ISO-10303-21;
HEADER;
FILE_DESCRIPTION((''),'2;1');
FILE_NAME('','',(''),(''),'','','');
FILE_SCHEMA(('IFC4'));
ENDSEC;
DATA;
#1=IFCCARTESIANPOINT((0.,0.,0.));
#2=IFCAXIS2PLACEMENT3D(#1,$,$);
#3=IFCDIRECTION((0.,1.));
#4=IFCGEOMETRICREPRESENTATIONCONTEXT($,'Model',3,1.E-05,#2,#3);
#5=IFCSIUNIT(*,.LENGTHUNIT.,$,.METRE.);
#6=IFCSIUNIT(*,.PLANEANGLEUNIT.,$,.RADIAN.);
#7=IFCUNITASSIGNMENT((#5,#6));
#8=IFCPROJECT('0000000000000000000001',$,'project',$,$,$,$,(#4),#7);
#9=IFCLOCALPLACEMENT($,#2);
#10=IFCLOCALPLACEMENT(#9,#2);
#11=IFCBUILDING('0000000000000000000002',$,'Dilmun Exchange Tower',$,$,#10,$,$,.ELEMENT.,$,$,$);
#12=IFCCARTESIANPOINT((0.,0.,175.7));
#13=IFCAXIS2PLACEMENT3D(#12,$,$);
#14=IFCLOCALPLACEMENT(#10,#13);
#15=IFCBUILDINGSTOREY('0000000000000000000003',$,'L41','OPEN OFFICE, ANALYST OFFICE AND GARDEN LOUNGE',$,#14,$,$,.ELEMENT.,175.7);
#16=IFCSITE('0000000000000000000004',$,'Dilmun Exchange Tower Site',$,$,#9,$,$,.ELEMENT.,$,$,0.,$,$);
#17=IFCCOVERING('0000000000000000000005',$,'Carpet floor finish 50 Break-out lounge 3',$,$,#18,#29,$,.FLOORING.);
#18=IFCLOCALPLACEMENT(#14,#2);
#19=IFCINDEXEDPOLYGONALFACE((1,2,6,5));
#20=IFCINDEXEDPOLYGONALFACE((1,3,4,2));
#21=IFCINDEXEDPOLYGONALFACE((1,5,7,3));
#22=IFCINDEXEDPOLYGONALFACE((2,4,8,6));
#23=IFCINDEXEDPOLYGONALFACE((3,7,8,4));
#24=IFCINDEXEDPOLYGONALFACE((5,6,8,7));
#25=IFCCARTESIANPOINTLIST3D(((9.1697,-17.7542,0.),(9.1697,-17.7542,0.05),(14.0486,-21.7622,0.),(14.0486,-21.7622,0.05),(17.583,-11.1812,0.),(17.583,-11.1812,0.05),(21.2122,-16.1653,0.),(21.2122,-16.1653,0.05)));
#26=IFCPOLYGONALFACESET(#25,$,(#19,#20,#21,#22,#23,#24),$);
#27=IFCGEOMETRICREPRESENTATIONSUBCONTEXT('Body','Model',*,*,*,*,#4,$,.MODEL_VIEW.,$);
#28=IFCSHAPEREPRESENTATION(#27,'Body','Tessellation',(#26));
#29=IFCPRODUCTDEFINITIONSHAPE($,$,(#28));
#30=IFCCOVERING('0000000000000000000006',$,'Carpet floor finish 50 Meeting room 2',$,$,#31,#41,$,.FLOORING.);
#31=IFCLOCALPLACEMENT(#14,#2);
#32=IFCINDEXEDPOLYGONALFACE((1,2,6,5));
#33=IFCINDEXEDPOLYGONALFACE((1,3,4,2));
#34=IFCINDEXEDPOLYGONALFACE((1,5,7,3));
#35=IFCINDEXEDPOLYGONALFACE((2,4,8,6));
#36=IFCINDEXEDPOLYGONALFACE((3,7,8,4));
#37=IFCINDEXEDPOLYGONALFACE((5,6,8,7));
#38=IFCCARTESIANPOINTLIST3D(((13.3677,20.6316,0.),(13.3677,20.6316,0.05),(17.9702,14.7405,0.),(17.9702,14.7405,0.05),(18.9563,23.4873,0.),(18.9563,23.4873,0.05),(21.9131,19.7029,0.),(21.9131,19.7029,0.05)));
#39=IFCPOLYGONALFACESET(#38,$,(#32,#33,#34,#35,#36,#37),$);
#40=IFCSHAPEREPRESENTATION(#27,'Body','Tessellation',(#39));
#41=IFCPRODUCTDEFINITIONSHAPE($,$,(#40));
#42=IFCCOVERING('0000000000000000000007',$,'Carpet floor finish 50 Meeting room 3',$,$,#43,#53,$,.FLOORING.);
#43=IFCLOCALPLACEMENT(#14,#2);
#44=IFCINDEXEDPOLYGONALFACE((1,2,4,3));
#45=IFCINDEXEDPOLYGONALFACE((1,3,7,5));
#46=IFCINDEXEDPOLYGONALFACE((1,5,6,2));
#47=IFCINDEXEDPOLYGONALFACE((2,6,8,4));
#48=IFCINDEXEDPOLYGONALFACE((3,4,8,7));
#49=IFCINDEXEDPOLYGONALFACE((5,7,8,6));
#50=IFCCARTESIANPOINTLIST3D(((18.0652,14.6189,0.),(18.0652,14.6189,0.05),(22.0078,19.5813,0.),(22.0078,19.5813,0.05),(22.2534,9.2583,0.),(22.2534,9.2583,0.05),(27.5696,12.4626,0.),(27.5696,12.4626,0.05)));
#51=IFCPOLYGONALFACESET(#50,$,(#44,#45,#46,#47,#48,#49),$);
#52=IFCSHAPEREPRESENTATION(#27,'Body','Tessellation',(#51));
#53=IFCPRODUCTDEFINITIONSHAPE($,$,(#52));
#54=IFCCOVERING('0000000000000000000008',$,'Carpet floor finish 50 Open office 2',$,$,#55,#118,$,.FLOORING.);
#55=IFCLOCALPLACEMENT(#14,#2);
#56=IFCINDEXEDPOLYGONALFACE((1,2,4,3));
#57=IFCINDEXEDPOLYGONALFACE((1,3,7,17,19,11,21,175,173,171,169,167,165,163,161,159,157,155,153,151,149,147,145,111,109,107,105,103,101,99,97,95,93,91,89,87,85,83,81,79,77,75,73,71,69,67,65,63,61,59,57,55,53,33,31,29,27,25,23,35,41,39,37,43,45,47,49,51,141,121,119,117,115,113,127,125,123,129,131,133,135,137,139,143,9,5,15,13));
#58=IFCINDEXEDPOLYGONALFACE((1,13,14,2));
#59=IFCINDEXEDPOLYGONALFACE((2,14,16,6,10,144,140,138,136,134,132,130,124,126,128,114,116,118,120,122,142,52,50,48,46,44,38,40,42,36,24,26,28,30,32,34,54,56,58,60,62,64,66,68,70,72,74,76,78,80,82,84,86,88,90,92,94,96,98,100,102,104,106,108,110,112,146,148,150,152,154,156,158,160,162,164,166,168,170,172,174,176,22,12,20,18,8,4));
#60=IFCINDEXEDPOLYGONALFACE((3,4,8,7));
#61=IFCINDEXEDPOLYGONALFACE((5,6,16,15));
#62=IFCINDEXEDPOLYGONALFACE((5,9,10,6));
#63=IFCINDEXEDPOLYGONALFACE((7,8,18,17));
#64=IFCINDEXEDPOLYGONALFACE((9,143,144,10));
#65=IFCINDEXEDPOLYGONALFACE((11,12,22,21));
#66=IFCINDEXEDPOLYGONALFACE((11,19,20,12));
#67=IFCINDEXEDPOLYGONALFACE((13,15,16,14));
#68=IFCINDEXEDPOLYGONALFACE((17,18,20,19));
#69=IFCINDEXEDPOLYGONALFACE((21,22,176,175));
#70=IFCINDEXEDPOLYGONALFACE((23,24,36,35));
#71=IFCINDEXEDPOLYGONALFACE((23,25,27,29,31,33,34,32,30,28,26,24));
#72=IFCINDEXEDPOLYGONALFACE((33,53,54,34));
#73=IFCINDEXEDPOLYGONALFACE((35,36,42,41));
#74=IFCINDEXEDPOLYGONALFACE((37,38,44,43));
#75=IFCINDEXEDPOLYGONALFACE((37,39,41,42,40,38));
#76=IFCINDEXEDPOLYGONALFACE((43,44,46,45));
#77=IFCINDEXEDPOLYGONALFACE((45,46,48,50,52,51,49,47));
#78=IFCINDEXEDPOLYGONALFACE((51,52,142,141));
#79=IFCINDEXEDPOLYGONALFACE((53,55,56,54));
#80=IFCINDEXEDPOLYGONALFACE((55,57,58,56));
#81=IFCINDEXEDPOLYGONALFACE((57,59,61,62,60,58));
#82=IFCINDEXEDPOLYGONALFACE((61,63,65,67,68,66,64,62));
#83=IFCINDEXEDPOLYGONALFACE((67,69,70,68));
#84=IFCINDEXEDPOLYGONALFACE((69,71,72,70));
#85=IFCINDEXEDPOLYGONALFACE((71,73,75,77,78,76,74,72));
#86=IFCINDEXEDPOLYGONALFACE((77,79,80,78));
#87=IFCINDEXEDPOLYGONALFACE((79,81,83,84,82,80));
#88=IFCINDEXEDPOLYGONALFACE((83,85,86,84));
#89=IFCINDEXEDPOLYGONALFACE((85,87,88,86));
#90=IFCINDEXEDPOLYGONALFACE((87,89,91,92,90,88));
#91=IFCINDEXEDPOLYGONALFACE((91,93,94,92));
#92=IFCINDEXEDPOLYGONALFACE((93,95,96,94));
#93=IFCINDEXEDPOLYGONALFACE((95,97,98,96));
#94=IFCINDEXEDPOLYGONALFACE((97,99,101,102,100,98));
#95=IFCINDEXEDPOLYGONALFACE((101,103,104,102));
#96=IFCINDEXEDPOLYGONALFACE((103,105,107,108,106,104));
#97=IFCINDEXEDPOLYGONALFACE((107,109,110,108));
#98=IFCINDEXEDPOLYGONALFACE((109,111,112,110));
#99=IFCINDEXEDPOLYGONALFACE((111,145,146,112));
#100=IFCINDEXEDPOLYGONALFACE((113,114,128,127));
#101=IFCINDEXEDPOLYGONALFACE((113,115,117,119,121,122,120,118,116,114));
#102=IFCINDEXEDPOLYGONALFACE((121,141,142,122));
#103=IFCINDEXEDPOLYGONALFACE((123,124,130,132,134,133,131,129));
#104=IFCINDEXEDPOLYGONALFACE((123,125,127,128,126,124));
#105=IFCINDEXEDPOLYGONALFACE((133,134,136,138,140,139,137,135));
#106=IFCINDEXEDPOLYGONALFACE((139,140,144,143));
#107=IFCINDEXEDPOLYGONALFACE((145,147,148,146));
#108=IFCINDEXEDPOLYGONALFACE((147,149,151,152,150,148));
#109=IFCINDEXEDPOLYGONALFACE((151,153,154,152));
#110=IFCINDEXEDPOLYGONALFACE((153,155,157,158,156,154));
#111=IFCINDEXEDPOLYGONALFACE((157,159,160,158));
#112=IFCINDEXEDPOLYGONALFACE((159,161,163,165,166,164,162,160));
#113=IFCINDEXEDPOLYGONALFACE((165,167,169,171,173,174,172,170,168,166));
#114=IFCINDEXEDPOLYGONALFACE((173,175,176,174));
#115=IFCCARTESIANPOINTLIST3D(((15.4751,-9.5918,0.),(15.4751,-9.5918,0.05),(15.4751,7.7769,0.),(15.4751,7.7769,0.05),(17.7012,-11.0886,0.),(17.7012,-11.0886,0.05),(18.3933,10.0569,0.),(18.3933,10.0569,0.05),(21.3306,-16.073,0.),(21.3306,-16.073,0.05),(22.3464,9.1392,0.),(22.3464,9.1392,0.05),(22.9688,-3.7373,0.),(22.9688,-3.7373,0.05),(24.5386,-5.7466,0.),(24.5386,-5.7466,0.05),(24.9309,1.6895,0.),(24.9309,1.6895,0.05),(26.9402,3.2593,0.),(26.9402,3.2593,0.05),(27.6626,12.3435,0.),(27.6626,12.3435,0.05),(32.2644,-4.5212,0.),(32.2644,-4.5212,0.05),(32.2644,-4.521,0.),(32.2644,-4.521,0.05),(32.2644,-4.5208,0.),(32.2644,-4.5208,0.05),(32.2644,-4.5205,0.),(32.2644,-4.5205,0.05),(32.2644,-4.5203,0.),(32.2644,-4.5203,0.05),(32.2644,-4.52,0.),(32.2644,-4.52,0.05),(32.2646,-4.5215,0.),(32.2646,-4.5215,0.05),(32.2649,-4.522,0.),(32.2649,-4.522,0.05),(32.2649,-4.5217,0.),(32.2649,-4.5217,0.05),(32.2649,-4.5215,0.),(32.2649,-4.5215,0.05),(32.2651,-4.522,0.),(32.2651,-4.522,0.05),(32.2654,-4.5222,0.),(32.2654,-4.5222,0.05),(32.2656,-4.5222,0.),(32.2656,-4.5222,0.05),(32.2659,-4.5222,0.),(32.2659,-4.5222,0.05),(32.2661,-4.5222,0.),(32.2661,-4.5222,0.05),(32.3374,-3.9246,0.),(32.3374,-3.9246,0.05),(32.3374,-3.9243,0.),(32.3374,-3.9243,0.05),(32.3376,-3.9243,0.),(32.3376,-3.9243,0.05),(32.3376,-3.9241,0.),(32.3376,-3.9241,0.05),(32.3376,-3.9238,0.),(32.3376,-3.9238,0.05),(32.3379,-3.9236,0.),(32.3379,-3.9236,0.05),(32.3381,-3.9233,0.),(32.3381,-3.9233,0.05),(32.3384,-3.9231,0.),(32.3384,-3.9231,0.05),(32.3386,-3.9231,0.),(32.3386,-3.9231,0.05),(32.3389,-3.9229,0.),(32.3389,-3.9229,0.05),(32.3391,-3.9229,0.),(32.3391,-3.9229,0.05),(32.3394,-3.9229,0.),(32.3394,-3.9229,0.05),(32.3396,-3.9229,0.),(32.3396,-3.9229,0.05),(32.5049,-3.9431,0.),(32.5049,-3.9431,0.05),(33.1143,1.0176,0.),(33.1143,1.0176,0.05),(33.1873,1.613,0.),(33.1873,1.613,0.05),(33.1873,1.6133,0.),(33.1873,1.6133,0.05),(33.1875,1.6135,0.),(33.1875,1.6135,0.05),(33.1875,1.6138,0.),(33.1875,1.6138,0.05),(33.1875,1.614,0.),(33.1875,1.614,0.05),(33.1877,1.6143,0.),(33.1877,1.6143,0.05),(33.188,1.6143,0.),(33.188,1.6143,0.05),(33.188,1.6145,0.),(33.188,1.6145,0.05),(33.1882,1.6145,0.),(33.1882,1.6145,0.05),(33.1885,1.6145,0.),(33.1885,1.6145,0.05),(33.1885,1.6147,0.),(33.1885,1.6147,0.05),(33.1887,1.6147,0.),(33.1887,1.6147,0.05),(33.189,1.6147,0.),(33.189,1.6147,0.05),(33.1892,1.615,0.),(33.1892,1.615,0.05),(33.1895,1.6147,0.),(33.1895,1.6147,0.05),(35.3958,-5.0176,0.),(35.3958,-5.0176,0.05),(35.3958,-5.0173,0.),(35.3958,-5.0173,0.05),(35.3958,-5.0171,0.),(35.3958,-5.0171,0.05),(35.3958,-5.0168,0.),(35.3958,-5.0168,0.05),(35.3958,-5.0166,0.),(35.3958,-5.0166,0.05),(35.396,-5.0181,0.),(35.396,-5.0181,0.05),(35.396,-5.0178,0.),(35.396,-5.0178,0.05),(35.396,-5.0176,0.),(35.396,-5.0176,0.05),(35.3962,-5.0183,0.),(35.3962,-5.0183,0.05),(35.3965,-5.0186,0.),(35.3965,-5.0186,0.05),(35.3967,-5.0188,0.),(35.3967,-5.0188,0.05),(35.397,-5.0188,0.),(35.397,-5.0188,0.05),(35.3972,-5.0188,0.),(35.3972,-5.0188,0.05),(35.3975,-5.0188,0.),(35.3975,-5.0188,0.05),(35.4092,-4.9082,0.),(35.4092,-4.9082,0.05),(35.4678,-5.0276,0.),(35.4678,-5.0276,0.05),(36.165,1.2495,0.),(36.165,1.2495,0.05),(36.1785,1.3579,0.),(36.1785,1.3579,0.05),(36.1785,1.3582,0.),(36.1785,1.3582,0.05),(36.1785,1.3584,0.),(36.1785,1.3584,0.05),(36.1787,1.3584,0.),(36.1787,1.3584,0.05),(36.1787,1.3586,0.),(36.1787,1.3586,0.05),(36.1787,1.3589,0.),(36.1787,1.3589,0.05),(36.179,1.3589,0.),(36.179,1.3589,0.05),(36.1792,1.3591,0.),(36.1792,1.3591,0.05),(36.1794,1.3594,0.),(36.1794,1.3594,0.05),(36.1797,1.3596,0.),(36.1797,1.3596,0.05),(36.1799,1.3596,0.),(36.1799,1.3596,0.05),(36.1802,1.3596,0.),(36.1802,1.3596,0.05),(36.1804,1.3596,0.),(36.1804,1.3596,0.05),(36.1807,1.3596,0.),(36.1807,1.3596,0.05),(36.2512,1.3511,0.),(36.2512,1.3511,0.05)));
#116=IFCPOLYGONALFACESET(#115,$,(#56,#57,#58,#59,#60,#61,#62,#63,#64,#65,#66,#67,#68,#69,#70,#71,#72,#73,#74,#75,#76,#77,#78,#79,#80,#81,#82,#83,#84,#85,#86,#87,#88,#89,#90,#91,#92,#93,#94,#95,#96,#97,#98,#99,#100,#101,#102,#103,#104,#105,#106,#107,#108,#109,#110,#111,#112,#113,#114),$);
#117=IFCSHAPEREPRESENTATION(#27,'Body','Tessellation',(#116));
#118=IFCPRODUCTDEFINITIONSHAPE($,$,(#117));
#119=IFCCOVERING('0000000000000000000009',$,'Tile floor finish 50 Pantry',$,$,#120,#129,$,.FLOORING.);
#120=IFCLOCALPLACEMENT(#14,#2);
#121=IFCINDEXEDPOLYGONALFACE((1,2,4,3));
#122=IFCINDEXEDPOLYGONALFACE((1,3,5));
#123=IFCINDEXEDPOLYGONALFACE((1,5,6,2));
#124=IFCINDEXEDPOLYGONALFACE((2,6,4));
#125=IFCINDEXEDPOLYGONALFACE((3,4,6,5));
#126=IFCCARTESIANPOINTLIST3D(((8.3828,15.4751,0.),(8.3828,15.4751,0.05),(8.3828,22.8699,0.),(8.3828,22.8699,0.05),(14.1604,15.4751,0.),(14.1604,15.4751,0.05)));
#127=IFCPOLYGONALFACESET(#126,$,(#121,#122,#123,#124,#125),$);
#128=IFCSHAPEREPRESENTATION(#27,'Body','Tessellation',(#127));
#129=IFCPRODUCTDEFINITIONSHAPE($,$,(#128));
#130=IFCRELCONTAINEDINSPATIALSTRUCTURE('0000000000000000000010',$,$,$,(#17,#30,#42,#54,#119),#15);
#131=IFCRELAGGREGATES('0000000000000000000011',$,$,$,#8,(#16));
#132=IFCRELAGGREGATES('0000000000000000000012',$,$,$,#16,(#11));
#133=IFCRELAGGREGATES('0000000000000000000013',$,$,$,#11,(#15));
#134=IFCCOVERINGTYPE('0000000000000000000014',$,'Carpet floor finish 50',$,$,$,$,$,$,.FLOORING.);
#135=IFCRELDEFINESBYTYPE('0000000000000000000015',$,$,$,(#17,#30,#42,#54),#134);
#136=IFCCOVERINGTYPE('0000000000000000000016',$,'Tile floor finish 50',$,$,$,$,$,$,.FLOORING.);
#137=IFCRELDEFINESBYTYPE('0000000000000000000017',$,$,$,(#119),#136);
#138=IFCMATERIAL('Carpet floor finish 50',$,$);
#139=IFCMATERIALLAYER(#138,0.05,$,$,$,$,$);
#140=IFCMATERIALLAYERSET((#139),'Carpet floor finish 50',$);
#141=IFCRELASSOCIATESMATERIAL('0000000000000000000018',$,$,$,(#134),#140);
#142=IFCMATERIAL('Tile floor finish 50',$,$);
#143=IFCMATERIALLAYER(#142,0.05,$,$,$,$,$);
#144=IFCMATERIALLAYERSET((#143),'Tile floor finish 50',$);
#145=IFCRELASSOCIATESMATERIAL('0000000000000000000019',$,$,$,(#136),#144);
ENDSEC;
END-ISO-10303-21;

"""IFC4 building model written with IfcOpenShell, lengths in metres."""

from ifc_helpers import new_model, si_unit, direction, frame, origin, place, context, subcontext, project, spatial, polyline, outline, extrude, material, layer, layer_set, type_object, element, save


model = new_model("IFC4")

# Units and contexts
model_context = context("Model", 3, precision=1e-05, world=origin(), true_north=direction((0.0, 1.0)))
body_context = subcontext(model_context, "Body", "Model", "MODEL_VIEW")
ifc_project = project(units=[si_unit("LENGTHUNIT", "METRE"), si_unit("PLANEANGLEUNIT", "RADIAN")], contexts=[model_context])

# Site, building, storey
site_placement = place(None, origin())
site = spatial("IfcSite", under=ifc_project, at=site_placement, Name="Dilmun Exchange Tower Site", CompositionType="ELEMENT", RefElevation=0.0)
building_placement = place(site_placement, origin())
building = spatial("IfcBuilding", under=site, at=building_placement, Name="Dilmun Exchange Tower", CompositionType="ELEMENT")
storey_placement = place(building_placement, frame((0.0, 0.0, 175.7)))
storey = spatial("IfcBuildingStorey", under=building, at=storey_placement, Name="L41", Description="OPEN OFFICE, ANALYST OFFICE AND GARDEN LOUNGE", CompositionType="ELEMENT", Elevation=175.7)

# Coverings
ifc_material_1 = material(Name="Carpet floor finish 50")
ifc_layer_1 = layer(ifc_material_1, 0.05)
ifc_layer_set_1 = layer_set([ifc_layer_1], Name="Carpet floor finish 50")
covering_type_1 = type_object("IfcCoveringType", Name="Carpet floor finish 50", PredefinedType="FLOORING", material=ifc_layer_set_1)
covering_1_placement = place(storey_placement, origin())
element("IfcCovering", 1, at=covering_1_placement, inside=storey, type_object=covering_type_1, Name="Carpet floor finish 50 Break-out lounge 3", PredefinedType="FLOORING", context=body_context, shape_type="SweptSolid", body=[
    extrude(outline(polyline([(17.583, -11.1812), (21.2122, -16.1653), (14.0486, -21.7622), (9.1697, -17.7542), (17.583, -11.1812)])), origin(), (0.0, 0.0, 1.0), 0.05),
])
covering_2_placement = place(storey_placement, origin())
element("IfcCovering", 2, at=covering_2_placement, inside=storey, type_object=covering_type_1, Name="Carpet floor finish 50 Meeting room 2", PredefinedType="FLOORING", context=body_context, shape_type="SweptSolid", body=[
    extrude(outline(polyline([(13.3677, 20.6316), (18.9563, 23.4873), (21.9131, 19.7029), (17.9702, 14.7405), (13.3677, 20.6316)])), origin(), (0.0, 0.0, 1.0), 0.05),
])
covering_3_placement = place(storey_placement, origin())
element("IfcCovering", 3, at=covering_3_placement, inside=storey, type_object=covering_type_1, Name="Carpet floor finish 50 Meeting room 3", PredefinedType="FLOORING", context=body_context, shape_type="SweptSolid", body=[
    extrude(outline(polyline([(18.0652, 14.6189), (22.0078, 19.5813), (27.5696, 12.4626), (22.2534, 9.2583), (18.0652, 14.6189)])), origin(), (0.0, 0.0, 1.0), 0.05),
])
covering_4_placement = place(storey_placement, origin())
element("IfcCovering", 4, at=covering_4_placement, inside=storey, type_object=covering_type_1, Name="Carpet floor finish 50 Open office 2", PredefinedType="FLOORING", context=body_context, shape_type="SweptSolid", body=[
    extrude(outline(polyline([(17.7012, -11.0886), (24.5386, -5.7466), (22.9688, -3.7373), (15.4751, -9.5918), (15.4751, 7.7769), (18.3933, 10.0569), (24.9309, 1.6895), (26.9402, 3.2593), (22.3464, 9.1392), (27.6626, 12.3435), (36.2512, 1.3511), (36.1807, 1.3596), (36.1804, 1.3596), (36.1804, 1.3596), (36.1802, 1.3596), (36.1799, 1.3596), (36.1797, 1.3596), (36.1794, 1.3594), (36.1794, 1.3594), (36.1792, 1.3591), (36.1792, 1.3591), (36.179, 1.3589), (36.1787, 1.3589), (36.1787, 1.3586), (36.1787, 1.3584), (36.1785, 1.3584), (36.1785, 1.3582), (36.1785, 1.3579), (36.165, 1.2495), (33.1895, 1.6147), (33.1892, 1.615), (33.1892, 1.615), (33.189, 1.6147), (33.1887, 1.6147), (33.1885, 1.6147), (33.1885, 1.6145), (33.1882, 1.6145), (33.188, 1.6145), (33.188, 1.6143), (33.1877, 1.6143), (33.1875, 1.614), (33.1875, 1.6138), (33.1875, 1.6138), (33.1875, 1.6135), (33.1873, 1.6133), (33.1873, 1.613), (33.1143, 1.0176), (33.1143, 1.0176), (32.5049, -3.9431), (32.3396, -3.9229), (32.3396, -3.9229), (32.3394, -3.9229), (32.3391, -3.9229), (32.3389, -3.9229), (32.3386, -3.9231), (32.3386, -3.9231), (32.3384, -3.9231), (32.3381, -3.9233), (32.3381, -3.9233), (32.3379, -3.9236), (32.3379, -3.9236), (32.3376, -3.9238), (32.3376, -3.9241), (32.3376, -3.9243), (32.3374, -3.9243), (32.3374, -3.9246), (32.2644, -4.52), (32.2644, -4.5203), (32.2644, -4.5205), (32.2644, -4.5208), (32.2644, -4.521), (32.2644, -4.521), (32.2644, -4.5212), (32.2646, -4.5215), (32.2649, -4.5215), (32.2649, -4.5217), (32.2649, -4.522), (32.2651, -4.522), (32.2654, -4.5222), (32.2654, -4.5222), (32.2656, -4.5222), (32.2659, -4.5222), (32.2661, -4.5222), (35.4092, -4.9082), (35.3958, -5.0166), (35.3958, -5.0168), (35.3958, -5.0171), (35.3958, -5.0173), (35.3958, -5.0176), (35.396, -5.0176), (35.396, -5.0178), (35.396, -5.0181), (35.3962, -5.0183), (35.3962, -5.0183), (35.3965, -5.0186), (35.3965, -5.0186), (35.3967, -5.0188), (35.397, -5.0188), (35.3972, -5.0188), (35.3972, -5.0188), (35.3975, -5.0188), (35.4678, -5.0276), (21.3306, -16.073), (17.7012, -11.0886)])), origin(), (0.0, 0.0, 1.0), 0.05),
])
ifc_material_2 = material(Name="Tile floor finish 50")
ifc_layer_2 = layer(ifc_material_2, 0.05)
ifc_layer_set_2 = layer_set([ifc_layer_2], Name="Tile floor finish 50")
covering_type_2 = type_object("IfcCoveringType", Name="Tile floor finish 50", PredefinedType="FLOORING", material=ifc_layer_set_2)
covering_5_placement = place(storey_placement, origin())
element("IfcCovering", 5, at=covering_5_placement, inside=storey, type_object=covering_type_2, Name="Tile floor finish 50 Pantry", PredefinedType="FLOORING", context=body_context, shape_type="SweptSolid", body=[
    extrude(outline(polyline([(8.3828, 22.8699), (14.1604, 15.4751), (8.3828, 15.4751), (8.3828, 22.8699)])), origin(), (0.0, 0.0, 1.0), 0.05),
])

save(model, "model.ifc")
